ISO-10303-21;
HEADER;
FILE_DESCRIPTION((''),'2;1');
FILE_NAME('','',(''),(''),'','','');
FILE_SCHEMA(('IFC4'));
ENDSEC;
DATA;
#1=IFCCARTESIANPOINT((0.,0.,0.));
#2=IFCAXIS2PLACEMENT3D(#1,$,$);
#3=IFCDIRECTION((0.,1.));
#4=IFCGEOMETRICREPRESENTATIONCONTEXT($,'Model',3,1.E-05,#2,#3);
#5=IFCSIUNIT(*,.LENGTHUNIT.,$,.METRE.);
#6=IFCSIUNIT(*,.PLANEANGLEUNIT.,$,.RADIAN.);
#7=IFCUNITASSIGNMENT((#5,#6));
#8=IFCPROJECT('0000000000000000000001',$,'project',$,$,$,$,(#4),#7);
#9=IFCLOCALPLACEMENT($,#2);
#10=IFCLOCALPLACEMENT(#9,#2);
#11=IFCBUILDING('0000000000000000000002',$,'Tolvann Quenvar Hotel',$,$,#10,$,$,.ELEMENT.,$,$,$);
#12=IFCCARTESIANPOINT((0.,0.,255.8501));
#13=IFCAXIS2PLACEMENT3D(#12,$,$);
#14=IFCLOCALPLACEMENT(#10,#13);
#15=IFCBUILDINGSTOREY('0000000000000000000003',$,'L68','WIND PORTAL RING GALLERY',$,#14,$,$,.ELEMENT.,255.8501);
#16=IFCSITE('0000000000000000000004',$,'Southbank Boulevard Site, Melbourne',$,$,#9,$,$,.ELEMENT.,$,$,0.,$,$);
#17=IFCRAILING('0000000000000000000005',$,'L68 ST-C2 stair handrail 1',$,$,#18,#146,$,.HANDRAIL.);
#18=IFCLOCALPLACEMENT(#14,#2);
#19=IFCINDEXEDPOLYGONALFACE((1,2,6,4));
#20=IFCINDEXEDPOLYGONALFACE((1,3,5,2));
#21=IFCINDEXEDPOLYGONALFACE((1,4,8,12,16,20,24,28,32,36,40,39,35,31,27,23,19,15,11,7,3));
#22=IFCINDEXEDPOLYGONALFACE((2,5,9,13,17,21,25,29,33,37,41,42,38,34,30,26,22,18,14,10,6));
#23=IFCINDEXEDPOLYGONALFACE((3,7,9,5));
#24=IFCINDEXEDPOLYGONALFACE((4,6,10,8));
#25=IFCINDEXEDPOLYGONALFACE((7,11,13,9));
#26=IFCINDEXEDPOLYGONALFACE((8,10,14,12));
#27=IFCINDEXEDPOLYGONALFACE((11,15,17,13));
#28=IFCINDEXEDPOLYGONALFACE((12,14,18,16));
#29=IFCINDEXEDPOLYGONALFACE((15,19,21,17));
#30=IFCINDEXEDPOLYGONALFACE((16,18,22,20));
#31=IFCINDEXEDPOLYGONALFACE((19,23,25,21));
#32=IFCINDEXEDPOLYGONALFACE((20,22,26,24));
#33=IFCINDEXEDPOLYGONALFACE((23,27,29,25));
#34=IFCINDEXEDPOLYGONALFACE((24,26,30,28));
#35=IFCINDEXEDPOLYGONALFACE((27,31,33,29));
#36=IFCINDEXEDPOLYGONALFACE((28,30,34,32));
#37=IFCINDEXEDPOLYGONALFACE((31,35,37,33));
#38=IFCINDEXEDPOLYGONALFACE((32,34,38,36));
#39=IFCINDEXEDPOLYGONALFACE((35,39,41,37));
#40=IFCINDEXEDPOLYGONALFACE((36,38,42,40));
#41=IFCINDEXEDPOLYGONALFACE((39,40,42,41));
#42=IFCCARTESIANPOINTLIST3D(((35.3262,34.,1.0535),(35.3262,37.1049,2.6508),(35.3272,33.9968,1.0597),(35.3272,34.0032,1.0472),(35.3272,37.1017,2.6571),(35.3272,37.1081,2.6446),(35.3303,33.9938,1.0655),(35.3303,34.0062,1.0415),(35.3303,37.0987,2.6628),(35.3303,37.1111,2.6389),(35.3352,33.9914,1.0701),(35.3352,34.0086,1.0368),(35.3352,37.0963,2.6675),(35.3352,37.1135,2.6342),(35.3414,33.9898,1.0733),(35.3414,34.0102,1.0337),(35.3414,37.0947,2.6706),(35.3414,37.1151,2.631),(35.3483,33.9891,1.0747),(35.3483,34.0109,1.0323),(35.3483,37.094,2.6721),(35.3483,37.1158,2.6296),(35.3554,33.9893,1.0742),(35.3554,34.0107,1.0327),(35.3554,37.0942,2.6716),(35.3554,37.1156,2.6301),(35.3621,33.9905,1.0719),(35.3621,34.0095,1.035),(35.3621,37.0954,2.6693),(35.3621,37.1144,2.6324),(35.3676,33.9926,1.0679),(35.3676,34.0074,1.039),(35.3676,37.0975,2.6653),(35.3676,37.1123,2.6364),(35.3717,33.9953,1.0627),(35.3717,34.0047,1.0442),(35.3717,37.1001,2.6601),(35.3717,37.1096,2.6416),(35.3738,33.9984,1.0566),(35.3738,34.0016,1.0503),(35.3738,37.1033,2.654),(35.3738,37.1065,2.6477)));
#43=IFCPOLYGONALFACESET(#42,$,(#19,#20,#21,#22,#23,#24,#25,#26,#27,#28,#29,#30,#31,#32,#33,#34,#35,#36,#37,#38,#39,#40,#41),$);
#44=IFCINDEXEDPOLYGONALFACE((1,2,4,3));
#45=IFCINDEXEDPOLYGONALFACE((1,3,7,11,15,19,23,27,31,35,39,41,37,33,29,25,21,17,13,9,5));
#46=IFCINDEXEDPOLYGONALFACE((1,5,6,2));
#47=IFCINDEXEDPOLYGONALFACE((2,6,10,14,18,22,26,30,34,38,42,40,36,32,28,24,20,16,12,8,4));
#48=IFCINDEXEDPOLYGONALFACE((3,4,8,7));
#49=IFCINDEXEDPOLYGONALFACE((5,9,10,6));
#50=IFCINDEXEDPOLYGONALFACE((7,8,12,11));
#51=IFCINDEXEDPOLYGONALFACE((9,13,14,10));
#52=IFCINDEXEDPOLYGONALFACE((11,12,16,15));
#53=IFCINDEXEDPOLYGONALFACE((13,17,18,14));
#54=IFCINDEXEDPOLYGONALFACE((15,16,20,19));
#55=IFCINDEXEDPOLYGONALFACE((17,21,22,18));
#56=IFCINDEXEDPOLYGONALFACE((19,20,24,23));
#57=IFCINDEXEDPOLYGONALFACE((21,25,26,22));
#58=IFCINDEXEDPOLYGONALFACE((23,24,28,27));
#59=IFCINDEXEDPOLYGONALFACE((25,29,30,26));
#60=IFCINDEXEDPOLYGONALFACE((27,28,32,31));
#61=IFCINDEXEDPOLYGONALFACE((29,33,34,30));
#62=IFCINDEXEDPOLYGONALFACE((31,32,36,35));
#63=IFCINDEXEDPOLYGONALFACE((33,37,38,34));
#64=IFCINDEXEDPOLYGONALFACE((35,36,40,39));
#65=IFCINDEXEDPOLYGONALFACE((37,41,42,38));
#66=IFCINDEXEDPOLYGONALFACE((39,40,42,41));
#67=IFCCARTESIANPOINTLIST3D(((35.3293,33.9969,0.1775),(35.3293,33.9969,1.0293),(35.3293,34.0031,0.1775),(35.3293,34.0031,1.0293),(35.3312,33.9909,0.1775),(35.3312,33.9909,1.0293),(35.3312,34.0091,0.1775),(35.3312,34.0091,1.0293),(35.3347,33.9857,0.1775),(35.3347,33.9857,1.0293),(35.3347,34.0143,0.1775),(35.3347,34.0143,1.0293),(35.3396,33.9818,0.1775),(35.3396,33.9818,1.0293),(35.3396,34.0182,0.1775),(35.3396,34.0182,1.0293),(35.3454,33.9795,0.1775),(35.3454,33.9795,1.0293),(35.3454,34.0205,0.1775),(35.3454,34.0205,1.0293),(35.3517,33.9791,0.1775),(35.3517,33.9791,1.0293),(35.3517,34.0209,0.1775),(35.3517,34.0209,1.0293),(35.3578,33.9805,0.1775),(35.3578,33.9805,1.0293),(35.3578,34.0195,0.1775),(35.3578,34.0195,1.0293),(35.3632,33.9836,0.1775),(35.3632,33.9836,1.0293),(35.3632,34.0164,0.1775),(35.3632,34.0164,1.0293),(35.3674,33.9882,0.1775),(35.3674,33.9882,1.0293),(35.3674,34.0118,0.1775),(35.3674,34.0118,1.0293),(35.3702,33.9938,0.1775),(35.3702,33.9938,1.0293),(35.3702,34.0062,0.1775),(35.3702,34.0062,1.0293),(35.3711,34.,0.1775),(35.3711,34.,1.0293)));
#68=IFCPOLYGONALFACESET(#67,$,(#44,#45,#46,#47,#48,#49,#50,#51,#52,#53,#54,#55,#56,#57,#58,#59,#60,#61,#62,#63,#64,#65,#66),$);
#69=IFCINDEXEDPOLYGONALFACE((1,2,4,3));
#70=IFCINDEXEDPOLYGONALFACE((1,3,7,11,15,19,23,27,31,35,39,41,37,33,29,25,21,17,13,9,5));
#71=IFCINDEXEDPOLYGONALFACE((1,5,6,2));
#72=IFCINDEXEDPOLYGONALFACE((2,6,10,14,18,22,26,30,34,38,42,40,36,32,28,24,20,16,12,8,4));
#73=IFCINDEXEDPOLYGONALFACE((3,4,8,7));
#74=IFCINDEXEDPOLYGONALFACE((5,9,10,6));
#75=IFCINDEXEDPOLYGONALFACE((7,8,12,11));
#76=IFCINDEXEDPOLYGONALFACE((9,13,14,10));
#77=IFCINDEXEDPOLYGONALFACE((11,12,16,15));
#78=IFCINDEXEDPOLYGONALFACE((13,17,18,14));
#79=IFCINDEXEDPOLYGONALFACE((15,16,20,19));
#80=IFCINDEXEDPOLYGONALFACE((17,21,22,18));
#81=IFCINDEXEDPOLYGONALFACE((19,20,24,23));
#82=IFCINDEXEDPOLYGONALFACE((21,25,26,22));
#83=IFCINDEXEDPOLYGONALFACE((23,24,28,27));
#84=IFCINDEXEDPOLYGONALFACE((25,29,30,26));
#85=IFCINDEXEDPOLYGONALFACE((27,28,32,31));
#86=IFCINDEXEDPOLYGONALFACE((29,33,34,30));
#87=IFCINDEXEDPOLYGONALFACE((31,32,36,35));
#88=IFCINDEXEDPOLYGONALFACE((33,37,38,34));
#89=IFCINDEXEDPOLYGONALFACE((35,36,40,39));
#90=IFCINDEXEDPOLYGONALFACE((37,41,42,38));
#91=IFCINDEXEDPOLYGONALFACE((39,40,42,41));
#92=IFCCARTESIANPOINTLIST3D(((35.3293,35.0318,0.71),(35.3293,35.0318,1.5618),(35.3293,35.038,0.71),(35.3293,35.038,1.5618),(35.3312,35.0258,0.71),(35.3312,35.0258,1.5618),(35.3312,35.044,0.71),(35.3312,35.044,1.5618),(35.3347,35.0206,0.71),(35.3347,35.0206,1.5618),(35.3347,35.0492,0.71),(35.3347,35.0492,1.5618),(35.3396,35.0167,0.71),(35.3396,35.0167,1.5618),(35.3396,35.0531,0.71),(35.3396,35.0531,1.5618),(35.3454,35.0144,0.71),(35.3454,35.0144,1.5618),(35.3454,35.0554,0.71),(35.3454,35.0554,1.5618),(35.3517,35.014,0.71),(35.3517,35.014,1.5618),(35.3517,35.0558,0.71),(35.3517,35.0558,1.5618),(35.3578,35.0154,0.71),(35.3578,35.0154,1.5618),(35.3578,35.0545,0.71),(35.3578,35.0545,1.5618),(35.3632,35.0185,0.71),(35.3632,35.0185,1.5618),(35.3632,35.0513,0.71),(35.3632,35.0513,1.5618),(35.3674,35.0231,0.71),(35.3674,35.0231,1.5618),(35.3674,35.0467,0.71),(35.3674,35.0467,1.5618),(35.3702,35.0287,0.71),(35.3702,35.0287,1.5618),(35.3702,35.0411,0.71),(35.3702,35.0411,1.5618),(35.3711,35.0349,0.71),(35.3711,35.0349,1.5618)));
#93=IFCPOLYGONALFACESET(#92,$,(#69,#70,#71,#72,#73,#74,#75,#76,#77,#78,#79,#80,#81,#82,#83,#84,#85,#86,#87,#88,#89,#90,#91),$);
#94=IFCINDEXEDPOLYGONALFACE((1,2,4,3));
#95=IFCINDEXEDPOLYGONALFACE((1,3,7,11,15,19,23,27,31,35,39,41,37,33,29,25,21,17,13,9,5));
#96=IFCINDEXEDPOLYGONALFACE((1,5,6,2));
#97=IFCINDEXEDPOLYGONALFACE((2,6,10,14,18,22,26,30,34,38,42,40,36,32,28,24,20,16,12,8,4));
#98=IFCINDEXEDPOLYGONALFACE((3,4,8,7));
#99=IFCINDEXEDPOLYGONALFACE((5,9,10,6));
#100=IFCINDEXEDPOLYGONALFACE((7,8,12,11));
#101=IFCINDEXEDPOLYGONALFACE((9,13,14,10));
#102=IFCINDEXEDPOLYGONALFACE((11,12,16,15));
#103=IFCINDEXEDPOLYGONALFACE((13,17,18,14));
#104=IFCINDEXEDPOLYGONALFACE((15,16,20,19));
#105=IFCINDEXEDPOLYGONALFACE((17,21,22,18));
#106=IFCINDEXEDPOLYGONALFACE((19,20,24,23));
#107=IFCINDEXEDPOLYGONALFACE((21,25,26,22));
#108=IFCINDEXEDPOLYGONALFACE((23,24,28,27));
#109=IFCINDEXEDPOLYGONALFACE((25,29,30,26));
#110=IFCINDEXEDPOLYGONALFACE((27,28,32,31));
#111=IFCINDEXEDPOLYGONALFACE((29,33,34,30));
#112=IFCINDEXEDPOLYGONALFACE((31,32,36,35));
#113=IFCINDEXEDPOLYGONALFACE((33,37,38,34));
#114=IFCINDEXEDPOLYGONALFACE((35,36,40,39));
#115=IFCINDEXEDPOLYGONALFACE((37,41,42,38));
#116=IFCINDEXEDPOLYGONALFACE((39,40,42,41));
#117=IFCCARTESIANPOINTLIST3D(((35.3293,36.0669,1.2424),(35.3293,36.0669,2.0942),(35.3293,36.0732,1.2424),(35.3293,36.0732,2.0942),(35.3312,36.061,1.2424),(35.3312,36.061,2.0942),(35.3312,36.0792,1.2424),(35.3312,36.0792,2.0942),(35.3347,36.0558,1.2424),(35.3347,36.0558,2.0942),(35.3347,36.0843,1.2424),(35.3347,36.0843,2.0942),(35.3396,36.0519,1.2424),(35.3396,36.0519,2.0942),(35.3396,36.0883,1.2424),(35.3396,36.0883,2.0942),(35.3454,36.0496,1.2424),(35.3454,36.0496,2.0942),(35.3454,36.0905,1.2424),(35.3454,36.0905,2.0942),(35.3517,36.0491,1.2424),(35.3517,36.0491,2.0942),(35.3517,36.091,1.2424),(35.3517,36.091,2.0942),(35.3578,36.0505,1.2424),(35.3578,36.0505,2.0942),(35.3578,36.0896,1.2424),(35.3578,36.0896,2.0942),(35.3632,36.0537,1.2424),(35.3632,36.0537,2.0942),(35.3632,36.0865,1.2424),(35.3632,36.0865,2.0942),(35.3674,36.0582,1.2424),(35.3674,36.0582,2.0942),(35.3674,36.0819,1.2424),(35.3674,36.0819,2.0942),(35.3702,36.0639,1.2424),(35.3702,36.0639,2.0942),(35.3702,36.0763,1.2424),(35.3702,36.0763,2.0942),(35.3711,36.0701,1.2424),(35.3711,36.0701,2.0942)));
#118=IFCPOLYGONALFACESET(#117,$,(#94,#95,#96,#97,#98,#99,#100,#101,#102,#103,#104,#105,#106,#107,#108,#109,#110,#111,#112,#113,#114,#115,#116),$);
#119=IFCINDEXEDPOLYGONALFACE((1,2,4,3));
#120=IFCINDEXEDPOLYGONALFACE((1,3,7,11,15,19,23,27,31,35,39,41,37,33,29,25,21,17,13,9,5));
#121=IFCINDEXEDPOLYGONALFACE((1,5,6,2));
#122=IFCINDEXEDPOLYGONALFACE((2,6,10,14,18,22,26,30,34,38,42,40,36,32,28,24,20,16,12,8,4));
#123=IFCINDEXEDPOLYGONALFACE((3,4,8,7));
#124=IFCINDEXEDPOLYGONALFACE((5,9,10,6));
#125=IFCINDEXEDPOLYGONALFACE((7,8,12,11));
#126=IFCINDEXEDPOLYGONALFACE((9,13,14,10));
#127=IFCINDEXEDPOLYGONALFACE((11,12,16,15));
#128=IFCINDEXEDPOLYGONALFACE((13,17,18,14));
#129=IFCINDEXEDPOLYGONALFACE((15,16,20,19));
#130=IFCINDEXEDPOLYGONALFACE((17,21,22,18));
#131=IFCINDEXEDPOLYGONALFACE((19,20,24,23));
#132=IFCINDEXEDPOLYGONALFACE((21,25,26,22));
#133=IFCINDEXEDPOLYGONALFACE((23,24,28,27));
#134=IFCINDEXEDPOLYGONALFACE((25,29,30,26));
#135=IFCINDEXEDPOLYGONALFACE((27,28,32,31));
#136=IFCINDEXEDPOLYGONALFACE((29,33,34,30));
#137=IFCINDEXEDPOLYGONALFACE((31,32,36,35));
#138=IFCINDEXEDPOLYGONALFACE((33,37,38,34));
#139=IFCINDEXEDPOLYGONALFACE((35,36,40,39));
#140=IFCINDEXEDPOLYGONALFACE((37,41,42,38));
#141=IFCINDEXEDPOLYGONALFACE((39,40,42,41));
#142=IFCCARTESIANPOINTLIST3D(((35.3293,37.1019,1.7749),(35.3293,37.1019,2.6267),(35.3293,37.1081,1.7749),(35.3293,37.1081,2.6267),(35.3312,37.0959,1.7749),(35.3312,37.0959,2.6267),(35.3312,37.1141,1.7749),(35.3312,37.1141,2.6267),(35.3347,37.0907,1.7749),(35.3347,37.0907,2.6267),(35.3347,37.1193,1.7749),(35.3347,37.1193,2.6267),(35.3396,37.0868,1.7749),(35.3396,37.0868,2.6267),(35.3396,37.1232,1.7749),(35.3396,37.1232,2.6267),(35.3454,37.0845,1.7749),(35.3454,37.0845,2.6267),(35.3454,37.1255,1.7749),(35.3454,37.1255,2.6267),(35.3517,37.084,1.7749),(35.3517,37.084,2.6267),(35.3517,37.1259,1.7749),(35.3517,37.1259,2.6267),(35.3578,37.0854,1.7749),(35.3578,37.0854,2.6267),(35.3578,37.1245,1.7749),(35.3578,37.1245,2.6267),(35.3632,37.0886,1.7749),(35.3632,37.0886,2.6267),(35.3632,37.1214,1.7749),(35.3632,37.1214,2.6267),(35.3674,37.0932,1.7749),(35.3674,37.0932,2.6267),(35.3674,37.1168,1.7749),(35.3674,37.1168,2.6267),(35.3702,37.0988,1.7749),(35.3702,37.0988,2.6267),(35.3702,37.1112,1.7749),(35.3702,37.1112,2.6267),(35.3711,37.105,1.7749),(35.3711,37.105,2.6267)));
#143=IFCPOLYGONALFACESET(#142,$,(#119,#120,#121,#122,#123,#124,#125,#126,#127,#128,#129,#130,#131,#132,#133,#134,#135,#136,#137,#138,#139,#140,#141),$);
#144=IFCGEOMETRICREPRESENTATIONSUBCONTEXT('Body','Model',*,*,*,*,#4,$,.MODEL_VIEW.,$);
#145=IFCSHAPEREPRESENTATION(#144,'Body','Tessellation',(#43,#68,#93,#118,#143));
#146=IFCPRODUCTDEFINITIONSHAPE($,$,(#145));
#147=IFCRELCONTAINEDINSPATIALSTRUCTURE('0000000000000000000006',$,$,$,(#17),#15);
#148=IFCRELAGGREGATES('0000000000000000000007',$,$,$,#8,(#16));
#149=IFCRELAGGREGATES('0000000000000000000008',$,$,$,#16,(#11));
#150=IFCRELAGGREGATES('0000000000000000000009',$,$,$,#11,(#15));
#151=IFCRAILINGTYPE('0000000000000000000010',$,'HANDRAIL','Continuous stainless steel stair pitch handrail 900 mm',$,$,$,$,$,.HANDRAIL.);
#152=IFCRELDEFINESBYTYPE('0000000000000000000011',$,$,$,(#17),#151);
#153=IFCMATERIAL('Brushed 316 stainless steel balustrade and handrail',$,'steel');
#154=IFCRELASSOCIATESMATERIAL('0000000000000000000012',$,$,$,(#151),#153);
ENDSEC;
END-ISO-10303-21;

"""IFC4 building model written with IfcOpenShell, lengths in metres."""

from ifc_helpers import new_model, si_unit, direction, frame, origin, origin_2d, place, context, subcontext, project, spatial, circle, extrude, material, type_object, element, save


model = new_model("IFC4")

# Units and contexts
model_context = context("Model", 3, precision=1e-05, world=origin(), true_north=direction((0.0, 1.0)))
body_context = subcontext(model_context, "Body", "Model", "MODEL_VIEW")
ifc_project = project(units=[si_unit("LENGTHUNIT", "METRE"), si_unit("PLANEANGLEUNIT", "RADIAN")], contexts=[model_context])

# Site, building, storey
site_placement = place(None, origin())
site = spatial("IfcSite", under=ifc_project, at=site_placement, Name="Southbank Boulevard Site, Melbourne", CompositionType="ELEMENT", RefElevation=0.0)
building_placement = place(site_placement, origin())
building = spatial("IfcBuilding", under=site, at=building_placement, Name="Tolvann Quenvar Hotel", CompositionType="ELEMENT")
storey_placement = place(building_placement, frame((0.0, 0.0, 255.8501)))
storey = spatial("IfcBuildingStorey", under=building, at=storey_placement, Name="L68", Description="WIND PORTAL RING GALLERY", CompositionType="ELEMENT", Elevation=255.8501)

# Railing
ifc_material_1 = material(Name="Brushed 316 stainless steel balustrade and handrail", Category="steel")
railing_type_1 = type_object("IfcRailingType", Name="HANDRAIL", Description="Continuous stainless steel stair pitch handrail 900 mm", PredefinedType="HANDRAIL", material=ifc_material_1)
railing_1_placement = place(storey_placement, frame((35.3501, 34.0, 0.1775)))
element("IfcRailing", 1, at=railing_1_placement, inside=storey, type_object=railing_type_1, Name="L68 ST-C2 stair handrail 1", PredefinedType="HANDRAIL", context=body_context, shape_type="SweptSolid", body=[
    extrude(circle(Radius=0.0239, at=origin_2d()), frame((0.0, 0.0, 0.876), z_axis=(0.0, 0.889222, 0.457476), x_axis=(-1.0, 0.0, 0.0)), (0.0, 0.0, 1.0), 3.4917),
    extrude(circle(Radius=0.021, at=origin_2d()), origin(), (0.0, 0.0, 1.0), 0.8518),
    extrude(circle(Radius=0.021, at=origin_2d()), frame((0.0, 1.0349, 0.5325)), (0.0, 0.0, 1.0), 0.8518),
    extrude(circle(Radius=0.021, at=origin_2d()), frame((0.0, 2.0701, 1.0649)), (0.0, 0.0, 1.0), 0.8518),
    extrude(circle(Radius=0.021, at=origin_2d()), frame((0.0, 3.105, 1.5974)), (0.0, 0.0, 1.0), 0.8518),
])

save(model, "model.ifc")
